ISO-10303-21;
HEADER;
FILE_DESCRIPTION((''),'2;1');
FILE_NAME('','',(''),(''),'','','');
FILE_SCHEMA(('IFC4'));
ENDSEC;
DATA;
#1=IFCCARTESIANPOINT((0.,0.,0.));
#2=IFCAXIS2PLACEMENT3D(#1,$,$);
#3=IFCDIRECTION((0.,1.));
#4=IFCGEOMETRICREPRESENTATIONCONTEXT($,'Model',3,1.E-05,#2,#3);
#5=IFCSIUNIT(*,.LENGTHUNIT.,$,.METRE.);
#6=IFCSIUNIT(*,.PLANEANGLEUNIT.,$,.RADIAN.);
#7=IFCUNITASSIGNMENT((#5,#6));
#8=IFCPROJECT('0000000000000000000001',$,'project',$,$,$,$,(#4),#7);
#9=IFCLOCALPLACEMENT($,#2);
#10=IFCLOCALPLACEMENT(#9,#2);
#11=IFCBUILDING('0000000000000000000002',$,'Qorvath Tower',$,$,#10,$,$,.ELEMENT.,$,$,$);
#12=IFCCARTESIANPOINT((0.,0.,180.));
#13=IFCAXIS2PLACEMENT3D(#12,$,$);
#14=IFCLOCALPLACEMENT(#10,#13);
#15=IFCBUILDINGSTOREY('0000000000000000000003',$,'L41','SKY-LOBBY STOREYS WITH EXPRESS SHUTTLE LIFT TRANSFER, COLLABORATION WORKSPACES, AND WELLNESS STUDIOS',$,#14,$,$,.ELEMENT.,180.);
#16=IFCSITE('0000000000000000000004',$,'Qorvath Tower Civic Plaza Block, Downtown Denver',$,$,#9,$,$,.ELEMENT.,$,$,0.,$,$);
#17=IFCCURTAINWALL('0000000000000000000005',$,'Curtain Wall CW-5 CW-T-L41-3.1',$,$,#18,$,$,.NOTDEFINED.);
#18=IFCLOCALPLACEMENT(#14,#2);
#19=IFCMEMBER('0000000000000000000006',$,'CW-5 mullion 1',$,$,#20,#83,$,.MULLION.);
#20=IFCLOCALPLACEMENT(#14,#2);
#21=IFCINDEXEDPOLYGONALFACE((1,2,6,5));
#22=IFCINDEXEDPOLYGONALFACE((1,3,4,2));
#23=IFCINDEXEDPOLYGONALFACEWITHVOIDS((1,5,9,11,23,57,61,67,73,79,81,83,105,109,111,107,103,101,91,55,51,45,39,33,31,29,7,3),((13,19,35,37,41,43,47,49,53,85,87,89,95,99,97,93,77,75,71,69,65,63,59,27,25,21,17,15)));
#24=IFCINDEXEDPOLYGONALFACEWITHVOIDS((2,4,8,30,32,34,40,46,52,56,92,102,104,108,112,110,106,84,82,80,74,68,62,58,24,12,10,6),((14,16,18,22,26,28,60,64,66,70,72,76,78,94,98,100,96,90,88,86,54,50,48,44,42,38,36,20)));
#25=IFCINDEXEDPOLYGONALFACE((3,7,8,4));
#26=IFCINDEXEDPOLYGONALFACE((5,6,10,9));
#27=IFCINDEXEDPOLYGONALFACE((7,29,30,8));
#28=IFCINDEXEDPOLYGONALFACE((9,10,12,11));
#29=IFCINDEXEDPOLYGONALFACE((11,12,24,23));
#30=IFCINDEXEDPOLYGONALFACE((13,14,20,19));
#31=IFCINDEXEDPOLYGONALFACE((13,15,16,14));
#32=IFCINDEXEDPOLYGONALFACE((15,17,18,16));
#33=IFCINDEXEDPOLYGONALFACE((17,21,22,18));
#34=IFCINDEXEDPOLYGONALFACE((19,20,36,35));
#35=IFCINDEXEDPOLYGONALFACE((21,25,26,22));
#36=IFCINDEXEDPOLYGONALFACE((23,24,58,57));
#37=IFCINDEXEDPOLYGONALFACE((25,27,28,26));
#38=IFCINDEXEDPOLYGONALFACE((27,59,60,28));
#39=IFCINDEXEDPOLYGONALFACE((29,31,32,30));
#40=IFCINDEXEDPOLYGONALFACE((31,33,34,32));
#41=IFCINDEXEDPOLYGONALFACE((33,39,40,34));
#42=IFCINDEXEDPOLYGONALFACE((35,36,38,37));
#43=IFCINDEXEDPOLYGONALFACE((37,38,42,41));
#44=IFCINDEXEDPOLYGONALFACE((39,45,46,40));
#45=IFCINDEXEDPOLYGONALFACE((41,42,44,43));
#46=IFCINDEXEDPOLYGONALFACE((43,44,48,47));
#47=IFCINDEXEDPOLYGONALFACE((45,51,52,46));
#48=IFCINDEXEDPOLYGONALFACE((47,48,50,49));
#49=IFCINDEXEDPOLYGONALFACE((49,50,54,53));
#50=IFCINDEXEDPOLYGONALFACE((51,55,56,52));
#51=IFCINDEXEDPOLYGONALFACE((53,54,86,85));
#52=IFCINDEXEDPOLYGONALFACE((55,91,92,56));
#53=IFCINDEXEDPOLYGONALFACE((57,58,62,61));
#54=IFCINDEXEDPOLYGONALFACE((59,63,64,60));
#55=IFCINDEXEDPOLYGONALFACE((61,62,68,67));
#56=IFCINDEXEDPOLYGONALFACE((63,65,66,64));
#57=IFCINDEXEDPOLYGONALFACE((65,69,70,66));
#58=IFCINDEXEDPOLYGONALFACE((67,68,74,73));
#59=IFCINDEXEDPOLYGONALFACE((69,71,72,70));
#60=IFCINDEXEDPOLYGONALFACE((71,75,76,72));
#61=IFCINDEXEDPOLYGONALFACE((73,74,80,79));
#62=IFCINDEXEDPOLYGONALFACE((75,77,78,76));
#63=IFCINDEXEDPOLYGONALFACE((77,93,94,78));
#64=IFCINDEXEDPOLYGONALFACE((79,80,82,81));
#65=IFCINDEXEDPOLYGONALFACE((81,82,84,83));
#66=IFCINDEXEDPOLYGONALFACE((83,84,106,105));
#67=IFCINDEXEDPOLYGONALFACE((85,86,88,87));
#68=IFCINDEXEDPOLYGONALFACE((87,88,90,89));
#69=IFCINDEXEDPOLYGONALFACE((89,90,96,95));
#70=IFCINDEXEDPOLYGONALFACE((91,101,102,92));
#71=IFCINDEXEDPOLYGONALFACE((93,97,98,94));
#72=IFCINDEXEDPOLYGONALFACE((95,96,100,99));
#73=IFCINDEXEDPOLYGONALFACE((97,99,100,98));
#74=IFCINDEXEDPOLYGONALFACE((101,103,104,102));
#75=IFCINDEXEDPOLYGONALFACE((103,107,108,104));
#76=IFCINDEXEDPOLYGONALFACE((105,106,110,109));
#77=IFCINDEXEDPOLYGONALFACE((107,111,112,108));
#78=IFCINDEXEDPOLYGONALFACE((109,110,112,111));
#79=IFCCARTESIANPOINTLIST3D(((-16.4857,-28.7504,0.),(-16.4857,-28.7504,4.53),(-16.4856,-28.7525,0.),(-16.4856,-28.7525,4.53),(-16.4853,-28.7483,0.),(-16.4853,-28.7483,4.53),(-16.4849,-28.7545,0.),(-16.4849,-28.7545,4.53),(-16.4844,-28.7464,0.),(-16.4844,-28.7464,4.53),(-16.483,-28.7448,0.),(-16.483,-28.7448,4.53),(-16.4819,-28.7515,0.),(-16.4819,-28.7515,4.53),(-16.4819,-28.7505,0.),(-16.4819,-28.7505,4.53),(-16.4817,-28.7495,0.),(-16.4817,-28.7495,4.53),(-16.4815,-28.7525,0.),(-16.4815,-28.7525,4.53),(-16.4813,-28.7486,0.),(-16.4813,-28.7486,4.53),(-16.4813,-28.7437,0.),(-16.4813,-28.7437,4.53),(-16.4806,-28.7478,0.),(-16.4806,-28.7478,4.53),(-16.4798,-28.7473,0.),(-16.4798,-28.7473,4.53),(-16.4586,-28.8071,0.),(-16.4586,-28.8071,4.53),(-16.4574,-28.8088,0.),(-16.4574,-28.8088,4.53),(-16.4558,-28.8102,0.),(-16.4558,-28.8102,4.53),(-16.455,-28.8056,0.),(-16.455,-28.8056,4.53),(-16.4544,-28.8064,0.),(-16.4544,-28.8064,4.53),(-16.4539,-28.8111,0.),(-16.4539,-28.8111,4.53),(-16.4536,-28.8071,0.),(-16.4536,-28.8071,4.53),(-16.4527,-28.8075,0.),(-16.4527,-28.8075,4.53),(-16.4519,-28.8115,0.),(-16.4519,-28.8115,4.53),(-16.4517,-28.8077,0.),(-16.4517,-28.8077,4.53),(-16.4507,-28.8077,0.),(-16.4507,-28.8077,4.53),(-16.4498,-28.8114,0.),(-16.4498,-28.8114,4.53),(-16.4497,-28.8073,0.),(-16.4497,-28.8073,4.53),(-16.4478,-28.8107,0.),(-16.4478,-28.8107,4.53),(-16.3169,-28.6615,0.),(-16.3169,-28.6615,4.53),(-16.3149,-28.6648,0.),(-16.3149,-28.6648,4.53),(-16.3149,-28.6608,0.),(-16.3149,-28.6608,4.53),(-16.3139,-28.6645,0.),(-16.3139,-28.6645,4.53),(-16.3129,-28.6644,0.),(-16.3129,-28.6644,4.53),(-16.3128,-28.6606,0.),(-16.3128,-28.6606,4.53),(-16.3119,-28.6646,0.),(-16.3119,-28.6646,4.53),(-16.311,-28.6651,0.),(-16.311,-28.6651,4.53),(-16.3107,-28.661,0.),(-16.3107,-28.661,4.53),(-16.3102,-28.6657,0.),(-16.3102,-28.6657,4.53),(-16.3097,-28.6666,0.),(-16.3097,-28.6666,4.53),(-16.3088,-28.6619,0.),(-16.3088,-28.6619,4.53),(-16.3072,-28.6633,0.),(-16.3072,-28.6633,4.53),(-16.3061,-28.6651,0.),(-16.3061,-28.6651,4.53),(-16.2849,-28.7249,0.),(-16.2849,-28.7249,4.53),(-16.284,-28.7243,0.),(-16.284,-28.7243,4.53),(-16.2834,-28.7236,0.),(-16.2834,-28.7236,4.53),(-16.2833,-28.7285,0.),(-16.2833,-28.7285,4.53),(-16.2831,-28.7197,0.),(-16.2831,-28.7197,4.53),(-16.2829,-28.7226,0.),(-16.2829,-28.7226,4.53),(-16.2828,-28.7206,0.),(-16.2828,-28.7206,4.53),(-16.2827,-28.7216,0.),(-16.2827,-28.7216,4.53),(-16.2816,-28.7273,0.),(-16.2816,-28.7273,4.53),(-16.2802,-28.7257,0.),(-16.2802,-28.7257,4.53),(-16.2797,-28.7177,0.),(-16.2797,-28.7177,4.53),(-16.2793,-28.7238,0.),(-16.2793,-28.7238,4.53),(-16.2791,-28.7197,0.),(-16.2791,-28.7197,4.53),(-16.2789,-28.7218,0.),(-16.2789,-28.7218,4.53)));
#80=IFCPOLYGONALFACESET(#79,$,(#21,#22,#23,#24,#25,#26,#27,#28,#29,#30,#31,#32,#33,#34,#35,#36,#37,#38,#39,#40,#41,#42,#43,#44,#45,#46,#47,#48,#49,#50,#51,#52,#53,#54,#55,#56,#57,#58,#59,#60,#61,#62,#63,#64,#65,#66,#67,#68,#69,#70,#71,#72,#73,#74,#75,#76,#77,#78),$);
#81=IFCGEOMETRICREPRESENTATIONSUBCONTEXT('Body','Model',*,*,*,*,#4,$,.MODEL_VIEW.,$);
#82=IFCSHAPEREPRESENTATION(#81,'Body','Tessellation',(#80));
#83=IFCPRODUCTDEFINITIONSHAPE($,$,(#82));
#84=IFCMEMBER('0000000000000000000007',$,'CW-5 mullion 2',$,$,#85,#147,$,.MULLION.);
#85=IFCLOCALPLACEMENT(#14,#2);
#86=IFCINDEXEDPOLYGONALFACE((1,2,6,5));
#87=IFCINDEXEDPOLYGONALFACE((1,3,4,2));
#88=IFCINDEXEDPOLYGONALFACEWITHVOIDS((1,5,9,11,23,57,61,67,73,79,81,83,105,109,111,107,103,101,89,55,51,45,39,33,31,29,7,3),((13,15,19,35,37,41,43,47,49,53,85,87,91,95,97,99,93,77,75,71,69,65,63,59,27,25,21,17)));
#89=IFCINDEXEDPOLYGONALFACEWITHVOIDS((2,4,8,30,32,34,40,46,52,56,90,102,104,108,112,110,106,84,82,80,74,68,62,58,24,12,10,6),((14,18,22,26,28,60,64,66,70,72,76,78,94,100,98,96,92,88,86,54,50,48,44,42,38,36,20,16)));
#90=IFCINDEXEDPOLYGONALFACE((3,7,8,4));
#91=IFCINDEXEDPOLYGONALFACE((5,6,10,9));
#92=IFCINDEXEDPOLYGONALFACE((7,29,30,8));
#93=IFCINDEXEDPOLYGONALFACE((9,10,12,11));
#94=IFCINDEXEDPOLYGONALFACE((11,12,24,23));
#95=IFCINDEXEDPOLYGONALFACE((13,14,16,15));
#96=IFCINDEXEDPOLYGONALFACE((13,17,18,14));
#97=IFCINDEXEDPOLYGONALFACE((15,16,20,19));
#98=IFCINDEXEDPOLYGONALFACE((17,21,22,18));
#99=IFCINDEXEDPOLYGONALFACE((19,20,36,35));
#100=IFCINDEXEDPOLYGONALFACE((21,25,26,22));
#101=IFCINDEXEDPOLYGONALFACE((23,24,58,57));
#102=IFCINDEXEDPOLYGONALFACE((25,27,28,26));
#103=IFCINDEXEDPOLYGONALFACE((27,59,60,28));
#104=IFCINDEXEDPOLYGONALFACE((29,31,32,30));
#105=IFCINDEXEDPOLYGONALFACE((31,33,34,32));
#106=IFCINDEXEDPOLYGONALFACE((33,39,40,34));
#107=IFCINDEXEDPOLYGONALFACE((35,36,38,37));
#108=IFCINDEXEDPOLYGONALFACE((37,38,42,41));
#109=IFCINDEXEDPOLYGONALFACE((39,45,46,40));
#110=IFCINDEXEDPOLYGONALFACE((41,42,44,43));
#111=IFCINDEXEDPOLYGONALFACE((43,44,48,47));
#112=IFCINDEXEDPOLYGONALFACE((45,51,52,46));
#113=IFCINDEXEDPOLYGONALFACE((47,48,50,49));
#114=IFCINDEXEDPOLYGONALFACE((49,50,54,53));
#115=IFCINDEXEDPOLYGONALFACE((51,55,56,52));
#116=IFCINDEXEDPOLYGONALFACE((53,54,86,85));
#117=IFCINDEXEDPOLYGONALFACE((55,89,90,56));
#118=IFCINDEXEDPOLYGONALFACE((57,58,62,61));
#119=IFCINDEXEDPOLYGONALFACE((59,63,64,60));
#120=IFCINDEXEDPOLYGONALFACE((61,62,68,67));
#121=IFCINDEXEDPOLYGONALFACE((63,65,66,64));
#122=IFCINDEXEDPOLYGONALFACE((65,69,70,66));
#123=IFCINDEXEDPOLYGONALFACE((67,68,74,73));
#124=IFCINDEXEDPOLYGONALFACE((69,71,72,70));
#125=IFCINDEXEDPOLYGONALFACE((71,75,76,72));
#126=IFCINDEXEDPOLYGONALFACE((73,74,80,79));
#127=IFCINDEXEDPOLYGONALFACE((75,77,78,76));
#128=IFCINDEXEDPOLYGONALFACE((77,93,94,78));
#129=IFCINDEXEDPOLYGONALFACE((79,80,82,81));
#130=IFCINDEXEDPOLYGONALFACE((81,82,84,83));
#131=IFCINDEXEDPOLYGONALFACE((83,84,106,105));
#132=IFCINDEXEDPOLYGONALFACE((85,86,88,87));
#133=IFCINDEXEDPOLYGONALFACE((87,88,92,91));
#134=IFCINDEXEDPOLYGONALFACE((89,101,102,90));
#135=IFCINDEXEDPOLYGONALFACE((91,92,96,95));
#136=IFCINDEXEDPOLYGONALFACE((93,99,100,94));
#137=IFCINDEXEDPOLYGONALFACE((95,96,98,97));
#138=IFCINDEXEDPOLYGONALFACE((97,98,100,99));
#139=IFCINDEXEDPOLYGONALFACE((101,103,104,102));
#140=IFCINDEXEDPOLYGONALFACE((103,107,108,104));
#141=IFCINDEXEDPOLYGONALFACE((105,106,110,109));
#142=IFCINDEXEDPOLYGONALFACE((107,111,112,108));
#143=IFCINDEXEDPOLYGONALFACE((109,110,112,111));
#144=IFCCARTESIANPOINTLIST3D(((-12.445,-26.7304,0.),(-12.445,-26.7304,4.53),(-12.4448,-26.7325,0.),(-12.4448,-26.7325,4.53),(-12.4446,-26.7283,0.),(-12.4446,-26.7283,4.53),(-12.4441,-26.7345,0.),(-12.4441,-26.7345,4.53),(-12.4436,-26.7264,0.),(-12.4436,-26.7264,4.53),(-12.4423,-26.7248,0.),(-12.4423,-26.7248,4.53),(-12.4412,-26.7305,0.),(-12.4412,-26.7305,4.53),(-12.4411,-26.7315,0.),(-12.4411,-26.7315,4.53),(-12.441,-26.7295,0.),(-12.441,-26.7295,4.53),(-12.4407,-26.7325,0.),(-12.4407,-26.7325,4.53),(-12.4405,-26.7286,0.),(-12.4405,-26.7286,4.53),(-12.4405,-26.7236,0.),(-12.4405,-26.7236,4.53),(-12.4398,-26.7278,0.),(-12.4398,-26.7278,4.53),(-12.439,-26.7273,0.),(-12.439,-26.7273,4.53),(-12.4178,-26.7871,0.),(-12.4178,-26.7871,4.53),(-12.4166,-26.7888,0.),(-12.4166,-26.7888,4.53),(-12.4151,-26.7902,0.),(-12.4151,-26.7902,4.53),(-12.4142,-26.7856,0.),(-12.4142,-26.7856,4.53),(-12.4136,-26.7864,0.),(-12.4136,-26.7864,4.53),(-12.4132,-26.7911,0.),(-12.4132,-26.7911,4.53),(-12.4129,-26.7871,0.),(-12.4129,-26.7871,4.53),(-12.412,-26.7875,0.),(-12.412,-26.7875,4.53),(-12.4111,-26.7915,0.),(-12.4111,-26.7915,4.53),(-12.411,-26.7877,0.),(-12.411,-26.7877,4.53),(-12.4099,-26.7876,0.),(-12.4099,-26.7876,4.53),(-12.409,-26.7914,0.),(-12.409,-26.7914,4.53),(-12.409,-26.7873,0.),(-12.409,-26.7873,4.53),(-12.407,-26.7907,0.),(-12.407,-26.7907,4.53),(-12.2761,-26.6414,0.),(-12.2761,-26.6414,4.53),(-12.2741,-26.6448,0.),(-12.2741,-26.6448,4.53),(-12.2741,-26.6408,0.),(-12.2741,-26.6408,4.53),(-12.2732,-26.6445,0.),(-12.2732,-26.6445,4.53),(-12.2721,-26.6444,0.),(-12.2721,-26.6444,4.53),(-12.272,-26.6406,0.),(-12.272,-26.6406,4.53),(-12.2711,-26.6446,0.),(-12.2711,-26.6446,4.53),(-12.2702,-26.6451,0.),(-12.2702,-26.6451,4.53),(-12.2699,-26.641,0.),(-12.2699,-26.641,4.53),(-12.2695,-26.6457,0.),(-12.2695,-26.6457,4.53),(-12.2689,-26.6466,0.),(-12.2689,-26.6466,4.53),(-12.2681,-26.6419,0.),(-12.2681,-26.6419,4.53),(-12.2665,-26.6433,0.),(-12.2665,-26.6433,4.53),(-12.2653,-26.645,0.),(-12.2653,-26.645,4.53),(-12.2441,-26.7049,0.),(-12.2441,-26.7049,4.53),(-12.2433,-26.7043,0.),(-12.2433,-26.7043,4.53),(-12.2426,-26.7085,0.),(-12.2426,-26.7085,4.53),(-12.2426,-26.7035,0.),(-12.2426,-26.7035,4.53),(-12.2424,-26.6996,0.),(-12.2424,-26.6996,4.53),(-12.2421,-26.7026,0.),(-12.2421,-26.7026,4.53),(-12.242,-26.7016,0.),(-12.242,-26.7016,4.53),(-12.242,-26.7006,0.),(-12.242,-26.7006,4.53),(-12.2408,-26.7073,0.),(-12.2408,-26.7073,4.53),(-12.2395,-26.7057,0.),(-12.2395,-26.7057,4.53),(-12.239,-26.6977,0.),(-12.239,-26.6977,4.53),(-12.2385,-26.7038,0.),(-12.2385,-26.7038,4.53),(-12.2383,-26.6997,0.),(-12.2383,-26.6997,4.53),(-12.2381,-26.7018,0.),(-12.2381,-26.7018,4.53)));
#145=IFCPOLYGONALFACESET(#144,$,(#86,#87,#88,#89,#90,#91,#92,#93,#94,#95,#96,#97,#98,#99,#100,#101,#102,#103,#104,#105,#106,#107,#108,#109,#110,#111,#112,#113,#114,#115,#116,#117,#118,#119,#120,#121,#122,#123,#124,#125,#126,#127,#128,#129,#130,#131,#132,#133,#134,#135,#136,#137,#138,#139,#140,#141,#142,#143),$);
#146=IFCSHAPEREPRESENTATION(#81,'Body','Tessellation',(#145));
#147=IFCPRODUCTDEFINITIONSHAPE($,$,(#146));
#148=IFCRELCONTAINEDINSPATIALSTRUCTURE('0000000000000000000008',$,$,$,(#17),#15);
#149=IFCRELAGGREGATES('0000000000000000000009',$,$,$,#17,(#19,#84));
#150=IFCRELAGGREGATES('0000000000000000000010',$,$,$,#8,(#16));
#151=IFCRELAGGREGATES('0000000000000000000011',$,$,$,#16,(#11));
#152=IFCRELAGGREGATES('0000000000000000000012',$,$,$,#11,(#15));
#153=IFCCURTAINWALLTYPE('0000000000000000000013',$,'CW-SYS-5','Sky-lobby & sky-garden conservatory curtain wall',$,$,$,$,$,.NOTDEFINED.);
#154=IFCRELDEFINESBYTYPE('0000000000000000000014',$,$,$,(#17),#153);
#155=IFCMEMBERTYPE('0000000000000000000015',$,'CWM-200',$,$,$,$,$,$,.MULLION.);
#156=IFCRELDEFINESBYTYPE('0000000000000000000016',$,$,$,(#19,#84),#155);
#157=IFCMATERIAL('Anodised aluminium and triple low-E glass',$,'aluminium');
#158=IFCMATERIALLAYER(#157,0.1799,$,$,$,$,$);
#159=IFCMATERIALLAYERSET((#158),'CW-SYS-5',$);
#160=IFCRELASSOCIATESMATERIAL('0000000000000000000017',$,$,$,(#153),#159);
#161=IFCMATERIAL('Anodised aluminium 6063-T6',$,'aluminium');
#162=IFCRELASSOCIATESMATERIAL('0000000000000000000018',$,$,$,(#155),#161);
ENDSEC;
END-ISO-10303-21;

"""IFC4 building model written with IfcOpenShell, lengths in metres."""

from ifc_helpers import new_model, si_unit, direction, frame, origin, origin_2d, place, context, subcontext, project, spatial, hollow_rectangle, extrude, material, layer, layer_set, material_profile, profile_set, type_object, element, aggregate, save


model = new_model("IFC4")

# Units and contexts
model_context = context("Model", 3, precision=1e-05, world=origin(), true_north=direction((0.0, 1.0)))
body_context = subcontext(model_context, "Body", "Model", "MODEL_VIEW")
ifc_project = project(units=[si_unit("LENGTHUNIT", "METRE"), si_unit("PLANEANGLEUNIT", "RADIAN")], contexts=[model_context])

# Site, building, storey
site_placement = place(None, origin())
site = spatial("IfcSite", under=ifc_project, at=site_placement, Name="Qorvath Tower Civic Plaza Block, Downtown Denver", CompositionType="ELEMENT", RefElevation=0.0)
building_placement = place(site_placement, origin())
building = spatial("IfcBuilding", under=site, at=building_placement, Name="Qorvath Tower", CompositionType="ELEMENT")
storey_placement = place(building_placement, frame((0.0, 0.0, 180.0)))
storey = spatial("IfcBuildingStorey", under=building, at=storey_placement, Name="L41", Description="SKY-LOBBY STOREYS WITH EXPRESS SHUTTLE LIFT TRANSFER, COLLABORATION WORKSPACES, AND WELLNESS STUDIOS", CompositionType="ELEMENT", Elevation=180.0)

# Shared definitions
ifc_material_1 = material(Name="Anodised aluminium and triple low-E glass", Category="aluminium")
ifc_layer_1 = layer(ifc_material_1, 0.1799)
ifc_layer_set_1 = layer_set([ifc_layer_1], Name="CW-SYS-5")
curtain_wall_type = type_object("IfcCurtainWallType", Name="CW-SYS-5", Description="Sky-lobby & sky-garden conservatory curtain wall", PredefinedType="NOTDEFINED", material=ifc_layer_set_1)
ifc_material_2 = material(Name="Anodised aluminium 6063-T6", Category="aluminium")
ifc_material_profile_1 = material_profile(ifc_material_2, hollow_rectangle(XDim=0.075, YDim=0.2, WallThickness=0.0039, InnerFilletRadius=0.0039, OuterFilletRadius=0.0081, at=origin_2d()), Name="CWM 200x75")
ifc_profile_set_1 = profile_set([ifc_material_profile_1], Name="Anodised aluminium 6063-T6")
member_type_1 = type_object("IfcMemberType", Name="CWM-200", PredefinedType="MULLION", material=ifc_profile_set_1)

# Curtain wall, members
curtain_wall_1_placement = place(storey_placement, origin())
curtain_wall_1 = element("IfcCurtainWall", 1, at=curtain_wall_1_placement, inside=storey, type_object=curtain_wall_type, Name="Curtain Wall CW-5 CW-T-L41-3.1", PredefinedType="NOTDEFINED")
member_1_placement = place(storey_placement, frame((-16.3823, -28.7361, 0.0), z_axis=(0.0, 0.0, 1.0), x_axis=(-0.447187, 0.89444, 0.0)))
member_1 = element("IfcMember", 2, at=member_1_placement, type_object=member_type_1, Name="CW-5 mullion 1", PredefinedType="MULLION", context=body_context, shape_type="SweptSolid", body=[
    extrude(hollow_rectangle(XDim=0.075, YDim=0.2, WallThickness=0.0039, InnerFilletRadius=0.0039, OuterFilletRadius=0.0081, at=origin_2d()), origin(), (0.0, 0.0, 1.0), 4.53),
])
member_2_placement = place(storey_placement, frame((-12.3416, -26.7161, 0.0), z_axis=(0.0, 0.0, 1.0), x_axis=(-0.447187, 0.89444, 0.0)))
member_2 = element("IfcMember", 3, at=member_2_placement, type_object=member_type_1, Name="CW-5 mullion 2", PredefinedType="MULLION", context=body_context, shape_type="SweptSolid", body=[
    extrude(hollow_rectangle(XDim=0.075, YDim=0.2, WallThickness=0.0039, InnerFilletRadius=0.0039, OuterFilletRadius=0.0081, at=origin_2d()), origin(), (0.0, 0.0, 1.0), 4.53),
])

aggregate(curtain_wall_1, [member_1, member_2])

save(model, "model.ifc")
